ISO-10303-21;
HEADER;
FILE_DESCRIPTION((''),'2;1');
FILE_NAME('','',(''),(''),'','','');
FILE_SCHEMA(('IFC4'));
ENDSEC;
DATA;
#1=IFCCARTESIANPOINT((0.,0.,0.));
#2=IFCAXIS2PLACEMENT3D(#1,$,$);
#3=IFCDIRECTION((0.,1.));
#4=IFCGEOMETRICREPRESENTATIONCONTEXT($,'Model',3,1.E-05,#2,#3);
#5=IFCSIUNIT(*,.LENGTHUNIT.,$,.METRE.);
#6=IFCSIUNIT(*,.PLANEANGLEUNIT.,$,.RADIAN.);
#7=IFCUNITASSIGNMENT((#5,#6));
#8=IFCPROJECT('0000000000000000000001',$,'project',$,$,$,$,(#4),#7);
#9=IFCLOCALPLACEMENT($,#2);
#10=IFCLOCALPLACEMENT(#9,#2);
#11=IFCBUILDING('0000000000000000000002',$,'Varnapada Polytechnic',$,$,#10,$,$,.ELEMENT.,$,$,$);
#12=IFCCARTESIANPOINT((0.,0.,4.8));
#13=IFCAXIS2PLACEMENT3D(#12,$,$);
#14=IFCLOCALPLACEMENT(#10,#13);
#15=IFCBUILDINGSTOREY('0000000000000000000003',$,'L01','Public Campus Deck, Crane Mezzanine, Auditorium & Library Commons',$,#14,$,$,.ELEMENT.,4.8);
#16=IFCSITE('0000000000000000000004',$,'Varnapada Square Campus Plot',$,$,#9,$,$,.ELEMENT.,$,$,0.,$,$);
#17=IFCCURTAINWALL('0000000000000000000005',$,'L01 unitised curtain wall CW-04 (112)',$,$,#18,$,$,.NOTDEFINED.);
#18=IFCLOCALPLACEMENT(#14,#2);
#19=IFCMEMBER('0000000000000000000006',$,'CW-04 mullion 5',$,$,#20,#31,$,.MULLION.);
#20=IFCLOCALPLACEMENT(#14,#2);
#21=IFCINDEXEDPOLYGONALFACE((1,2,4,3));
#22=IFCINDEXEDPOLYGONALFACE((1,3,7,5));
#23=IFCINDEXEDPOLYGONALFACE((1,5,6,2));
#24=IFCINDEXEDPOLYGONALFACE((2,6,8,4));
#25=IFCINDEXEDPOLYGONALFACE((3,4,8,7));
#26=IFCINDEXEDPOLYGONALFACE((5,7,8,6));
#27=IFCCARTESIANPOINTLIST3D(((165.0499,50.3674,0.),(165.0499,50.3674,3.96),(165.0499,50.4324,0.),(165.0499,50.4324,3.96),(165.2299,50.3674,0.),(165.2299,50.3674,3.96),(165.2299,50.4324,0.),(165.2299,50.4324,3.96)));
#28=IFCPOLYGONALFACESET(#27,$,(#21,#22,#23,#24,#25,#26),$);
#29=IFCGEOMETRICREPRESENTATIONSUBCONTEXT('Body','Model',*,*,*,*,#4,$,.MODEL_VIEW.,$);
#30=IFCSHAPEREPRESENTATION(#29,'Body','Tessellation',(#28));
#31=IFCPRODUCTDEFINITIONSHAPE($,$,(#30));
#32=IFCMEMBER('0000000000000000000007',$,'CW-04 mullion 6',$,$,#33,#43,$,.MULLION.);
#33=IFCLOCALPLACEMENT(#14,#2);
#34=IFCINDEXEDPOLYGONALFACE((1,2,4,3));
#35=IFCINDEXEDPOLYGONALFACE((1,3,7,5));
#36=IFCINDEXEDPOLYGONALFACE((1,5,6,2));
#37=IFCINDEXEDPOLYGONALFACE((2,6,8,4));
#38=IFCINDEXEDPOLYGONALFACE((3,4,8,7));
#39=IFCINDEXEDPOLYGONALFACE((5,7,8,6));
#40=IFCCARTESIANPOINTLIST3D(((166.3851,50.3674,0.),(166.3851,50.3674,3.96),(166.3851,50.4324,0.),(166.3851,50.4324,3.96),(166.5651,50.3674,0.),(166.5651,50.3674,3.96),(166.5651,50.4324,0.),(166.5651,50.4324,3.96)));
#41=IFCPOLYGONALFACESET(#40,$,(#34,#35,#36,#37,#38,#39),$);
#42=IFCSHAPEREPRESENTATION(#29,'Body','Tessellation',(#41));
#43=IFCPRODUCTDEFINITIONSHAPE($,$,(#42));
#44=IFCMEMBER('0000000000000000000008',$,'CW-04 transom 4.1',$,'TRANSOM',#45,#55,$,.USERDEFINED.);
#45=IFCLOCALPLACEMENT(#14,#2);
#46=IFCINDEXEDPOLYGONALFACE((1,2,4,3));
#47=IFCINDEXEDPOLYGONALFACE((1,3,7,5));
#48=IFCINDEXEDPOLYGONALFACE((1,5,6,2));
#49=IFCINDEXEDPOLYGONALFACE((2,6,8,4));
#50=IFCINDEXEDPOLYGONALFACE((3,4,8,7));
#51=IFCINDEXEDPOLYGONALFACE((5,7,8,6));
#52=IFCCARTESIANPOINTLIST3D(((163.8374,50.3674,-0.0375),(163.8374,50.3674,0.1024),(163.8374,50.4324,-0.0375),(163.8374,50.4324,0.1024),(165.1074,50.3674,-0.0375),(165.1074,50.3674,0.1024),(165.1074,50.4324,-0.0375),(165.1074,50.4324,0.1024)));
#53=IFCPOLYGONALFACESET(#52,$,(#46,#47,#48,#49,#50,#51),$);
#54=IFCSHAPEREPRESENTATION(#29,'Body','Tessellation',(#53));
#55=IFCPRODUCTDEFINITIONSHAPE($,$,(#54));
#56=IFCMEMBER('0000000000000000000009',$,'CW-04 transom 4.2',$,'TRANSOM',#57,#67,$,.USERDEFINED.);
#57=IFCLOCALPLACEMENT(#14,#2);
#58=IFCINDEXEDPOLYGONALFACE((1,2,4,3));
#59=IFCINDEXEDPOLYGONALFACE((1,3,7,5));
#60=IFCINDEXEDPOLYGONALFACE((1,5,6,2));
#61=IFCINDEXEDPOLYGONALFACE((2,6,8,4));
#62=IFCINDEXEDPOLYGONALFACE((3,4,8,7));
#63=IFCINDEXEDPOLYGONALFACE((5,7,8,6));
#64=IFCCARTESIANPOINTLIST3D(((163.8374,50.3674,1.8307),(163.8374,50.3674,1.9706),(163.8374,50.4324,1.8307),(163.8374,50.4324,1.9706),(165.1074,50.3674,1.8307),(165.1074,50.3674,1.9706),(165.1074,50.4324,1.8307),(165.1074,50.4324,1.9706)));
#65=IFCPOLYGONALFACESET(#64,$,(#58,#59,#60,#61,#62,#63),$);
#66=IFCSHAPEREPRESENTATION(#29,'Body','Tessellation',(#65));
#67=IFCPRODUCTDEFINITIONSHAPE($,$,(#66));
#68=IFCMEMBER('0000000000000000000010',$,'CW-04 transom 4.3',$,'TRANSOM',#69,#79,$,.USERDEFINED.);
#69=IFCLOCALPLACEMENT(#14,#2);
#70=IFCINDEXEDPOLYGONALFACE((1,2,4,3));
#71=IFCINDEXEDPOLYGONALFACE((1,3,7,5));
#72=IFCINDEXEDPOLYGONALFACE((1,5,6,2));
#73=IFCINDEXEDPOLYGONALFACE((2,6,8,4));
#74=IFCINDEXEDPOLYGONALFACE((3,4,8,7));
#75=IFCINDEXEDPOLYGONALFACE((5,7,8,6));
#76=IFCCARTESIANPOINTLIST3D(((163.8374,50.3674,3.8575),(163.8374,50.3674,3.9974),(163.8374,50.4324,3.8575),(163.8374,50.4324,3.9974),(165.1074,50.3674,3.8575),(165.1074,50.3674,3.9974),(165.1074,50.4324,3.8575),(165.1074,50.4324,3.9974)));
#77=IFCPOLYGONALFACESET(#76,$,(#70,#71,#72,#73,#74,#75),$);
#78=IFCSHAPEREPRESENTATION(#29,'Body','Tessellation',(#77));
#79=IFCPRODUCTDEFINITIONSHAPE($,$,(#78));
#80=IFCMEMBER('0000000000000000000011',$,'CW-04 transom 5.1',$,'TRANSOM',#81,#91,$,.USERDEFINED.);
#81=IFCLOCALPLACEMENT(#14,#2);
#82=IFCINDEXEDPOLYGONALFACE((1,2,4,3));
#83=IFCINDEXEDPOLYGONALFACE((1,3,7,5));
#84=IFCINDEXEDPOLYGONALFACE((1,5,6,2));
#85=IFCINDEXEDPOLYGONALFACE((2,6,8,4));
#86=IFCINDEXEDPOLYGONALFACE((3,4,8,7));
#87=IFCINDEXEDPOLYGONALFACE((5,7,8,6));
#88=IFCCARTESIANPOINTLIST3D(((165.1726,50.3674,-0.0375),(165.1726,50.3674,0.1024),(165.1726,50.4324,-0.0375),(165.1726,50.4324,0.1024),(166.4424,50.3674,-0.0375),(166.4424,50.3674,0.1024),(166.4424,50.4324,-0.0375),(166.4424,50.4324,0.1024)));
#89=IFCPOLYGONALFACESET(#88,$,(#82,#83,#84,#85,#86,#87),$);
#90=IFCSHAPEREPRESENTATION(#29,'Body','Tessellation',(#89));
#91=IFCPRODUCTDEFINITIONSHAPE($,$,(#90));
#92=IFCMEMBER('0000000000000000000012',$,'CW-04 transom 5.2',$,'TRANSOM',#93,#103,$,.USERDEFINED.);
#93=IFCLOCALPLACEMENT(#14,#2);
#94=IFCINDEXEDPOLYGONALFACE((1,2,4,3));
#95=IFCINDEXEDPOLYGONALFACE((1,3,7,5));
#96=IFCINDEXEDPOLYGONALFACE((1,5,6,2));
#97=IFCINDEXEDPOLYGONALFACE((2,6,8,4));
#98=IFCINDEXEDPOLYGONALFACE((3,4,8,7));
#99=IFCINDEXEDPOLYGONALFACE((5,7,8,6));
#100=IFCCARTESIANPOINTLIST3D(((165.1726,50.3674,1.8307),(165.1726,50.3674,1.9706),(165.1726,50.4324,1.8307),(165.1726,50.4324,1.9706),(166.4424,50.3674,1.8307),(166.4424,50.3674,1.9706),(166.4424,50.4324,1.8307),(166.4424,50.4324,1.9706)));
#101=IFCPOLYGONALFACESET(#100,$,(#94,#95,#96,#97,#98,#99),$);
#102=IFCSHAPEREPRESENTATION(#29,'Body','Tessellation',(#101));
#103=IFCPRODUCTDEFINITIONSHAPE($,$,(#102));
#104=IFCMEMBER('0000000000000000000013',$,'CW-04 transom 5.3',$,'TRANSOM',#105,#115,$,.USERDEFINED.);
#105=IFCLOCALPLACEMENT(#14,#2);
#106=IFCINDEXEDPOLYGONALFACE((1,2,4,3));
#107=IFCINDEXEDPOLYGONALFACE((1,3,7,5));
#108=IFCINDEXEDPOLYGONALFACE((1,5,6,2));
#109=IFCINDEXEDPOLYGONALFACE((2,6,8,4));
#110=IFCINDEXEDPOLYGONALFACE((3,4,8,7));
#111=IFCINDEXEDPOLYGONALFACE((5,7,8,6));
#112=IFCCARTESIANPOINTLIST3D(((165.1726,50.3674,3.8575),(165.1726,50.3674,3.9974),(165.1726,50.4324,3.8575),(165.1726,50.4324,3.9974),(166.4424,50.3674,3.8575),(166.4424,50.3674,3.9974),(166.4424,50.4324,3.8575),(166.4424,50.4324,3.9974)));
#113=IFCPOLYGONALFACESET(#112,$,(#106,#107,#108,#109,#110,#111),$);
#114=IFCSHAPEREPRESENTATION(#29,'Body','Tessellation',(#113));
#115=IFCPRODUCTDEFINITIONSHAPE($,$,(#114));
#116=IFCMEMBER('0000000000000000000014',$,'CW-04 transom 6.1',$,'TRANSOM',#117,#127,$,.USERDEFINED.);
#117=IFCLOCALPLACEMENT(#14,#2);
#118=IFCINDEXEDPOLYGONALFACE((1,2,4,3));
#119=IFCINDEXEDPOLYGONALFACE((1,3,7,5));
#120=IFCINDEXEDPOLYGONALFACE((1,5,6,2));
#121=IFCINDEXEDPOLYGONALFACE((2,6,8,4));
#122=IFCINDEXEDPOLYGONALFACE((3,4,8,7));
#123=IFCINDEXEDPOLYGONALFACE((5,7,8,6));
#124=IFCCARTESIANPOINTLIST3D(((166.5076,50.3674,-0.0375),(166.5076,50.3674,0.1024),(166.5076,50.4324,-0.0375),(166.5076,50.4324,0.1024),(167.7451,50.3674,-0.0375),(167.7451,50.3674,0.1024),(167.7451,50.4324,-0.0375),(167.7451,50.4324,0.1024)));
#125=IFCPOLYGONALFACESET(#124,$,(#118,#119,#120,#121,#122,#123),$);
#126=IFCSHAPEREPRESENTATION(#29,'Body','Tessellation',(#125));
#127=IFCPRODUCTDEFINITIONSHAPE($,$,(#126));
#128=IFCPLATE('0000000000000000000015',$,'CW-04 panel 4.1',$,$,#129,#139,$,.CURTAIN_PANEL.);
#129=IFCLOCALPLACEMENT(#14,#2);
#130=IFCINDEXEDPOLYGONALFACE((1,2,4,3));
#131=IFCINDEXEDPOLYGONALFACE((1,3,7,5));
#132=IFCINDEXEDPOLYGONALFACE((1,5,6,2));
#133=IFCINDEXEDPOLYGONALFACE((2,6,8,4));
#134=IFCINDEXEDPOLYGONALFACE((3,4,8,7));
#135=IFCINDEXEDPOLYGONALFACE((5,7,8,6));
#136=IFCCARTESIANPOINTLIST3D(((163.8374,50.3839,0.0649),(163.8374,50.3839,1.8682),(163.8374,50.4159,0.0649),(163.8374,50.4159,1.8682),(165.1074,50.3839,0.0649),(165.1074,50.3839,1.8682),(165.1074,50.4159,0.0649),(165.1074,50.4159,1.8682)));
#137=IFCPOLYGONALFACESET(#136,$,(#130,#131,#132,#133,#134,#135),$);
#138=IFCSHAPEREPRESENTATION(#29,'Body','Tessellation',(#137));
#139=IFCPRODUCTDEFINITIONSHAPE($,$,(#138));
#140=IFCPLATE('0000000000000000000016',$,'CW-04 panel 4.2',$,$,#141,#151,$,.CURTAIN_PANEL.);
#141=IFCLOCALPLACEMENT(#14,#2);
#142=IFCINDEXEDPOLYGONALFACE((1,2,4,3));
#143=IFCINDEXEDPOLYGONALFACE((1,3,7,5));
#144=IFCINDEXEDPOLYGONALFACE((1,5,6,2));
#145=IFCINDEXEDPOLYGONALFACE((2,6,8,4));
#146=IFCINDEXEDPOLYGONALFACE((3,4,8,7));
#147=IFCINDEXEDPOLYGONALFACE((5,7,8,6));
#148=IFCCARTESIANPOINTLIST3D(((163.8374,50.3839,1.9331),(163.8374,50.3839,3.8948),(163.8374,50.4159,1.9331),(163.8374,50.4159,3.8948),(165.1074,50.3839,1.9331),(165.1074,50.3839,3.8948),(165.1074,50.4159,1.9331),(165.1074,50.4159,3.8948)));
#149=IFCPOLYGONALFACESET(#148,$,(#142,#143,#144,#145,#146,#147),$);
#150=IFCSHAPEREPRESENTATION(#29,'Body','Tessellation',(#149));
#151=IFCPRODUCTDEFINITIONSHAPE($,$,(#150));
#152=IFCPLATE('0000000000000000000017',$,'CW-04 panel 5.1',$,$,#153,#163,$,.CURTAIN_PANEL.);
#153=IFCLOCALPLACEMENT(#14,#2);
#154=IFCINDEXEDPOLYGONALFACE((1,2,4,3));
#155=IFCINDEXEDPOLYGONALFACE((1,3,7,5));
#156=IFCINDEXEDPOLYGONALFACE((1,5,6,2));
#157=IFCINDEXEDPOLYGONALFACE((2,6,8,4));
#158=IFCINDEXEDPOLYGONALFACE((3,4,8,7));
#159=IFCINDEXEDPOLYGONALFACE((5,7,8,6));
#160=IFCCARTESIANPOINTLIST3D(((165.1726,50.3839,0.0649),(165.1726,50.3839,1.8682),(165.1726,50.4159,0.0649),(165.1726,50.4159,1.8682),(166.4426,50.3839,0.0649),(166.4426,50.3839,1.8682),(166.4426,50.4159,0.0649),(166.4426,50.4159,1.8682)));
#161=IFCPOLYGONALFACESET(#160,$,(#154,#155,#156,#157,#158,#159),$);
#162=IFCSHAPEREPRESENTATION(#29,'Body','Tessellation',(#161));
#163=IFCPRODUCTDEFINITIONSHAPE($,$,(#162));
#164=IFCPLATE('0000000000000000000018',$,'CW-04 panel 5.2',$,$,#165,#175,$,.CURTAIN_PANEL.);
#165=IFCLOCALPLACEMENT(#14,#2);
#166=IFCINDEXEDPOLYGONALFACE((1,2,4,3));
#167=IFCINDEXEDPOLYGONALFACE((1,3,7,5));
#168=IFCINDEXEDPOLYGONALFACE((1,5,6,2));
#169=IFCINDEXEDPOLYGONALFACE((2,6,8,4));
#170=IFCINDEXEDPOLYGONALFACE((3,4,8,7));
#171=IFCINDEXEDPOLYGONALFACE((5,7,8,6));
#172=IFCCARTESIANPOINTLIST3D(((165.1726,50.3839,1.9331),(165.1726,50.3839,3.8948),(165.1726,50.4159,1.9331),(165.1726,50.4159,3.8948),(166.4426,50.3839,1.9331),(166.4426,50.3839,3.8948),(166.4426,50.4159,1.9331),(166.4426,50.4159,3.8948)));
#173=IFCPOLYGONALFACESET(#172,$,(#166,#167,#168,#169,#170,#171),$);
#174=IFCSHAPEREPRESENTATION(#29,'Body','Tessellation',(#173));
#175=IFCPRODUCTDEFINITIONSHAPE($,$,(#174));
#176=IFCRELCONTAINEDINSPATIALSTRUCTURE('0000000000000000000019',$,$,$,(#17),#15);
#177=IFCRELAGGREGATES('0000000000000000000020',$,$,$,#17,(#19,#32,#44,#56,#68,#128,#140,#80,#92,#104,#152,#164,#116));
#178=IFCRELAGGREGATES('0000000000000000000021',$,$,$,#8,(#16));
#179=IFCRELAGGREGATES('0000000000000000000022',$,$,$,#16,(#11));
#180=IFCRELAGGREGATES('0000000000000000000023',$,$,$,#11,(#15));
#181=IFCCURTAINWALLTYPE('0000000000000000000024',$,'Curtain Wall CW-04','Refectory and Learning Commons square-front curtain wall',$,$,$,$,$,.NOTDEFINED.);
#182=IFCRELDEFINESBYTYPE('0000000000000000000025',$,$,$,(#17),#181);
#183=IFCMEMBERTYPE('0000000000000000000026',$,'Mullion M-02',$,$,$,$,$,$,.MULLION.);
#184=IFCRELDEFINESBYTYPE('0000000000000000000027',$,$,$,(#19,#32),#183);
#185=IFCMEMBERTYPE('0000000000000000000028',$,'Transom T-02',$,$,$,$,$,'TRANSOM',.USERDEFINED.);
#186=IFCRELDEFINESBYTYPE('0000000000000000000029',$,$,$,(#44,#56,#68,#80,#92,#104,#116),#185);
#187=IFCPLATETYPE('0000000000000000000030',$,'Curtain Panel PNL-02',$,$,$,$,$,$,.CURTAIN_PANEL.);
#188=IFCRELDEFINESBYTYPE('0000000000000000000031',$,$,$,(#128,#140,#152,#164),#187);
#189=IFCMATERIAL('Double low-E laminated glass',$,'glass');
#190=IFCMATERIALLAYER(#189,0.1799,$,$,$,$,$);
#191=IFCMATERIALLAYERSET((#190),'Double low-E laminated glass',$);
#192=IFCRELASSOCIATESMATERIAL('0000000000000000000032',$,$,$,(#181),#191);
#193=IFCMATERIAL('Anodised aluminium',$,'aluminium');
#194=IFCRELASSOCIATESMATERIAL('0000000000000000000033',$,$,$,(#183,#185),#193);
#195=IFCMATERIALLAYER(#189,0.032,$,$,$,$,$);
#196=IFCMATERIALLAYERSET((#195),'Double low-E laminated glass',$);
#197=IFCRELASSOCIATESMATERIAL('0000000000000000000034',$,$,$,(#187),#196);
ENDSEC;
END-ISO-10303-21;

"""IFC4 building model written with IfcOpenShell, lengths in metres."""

from ifc_helpers import new_model, si_unit, direction, frame, origin, origin_2d, place, context, subcontext, project, spatial, rectangle, extrude, material, layer, layer_set, material_profile, profile_set, type_object, element, aggregate, save


model = new_model("IFC4")

# Units and contexts
model_context = context("Model", 3, precision=1e-05, world=origin(), true_north=direction((0.0, 1.0)))
body_context = subcontext(model_context, "Body", "Model", "MODEL_VIEW")
ifc_project = project(units=[si_unit("LENGTHUNIT", "METRE"), si_unit("PLANEANGLEUNIT", "RADIAN")], contexts=[model_context])

# Site, building, storey
site_placement = place(None, origin())
site = spatial("IfcSite", under=ifc_project, at=site_placement, Name="Varnapada Square Campus Plot", CompositionType="ELEMENT", RefElevation=0.0)
building_placement = place(site_placement, origin())
building = spatial("IfcBuilding", under=site, at=building_placement, Name="Varnapada Polytechnic", CompositionType="ELEMENT")
storey_placement = place(building_placement, frame((0.0, 0.0, 4.8)))
storey = spatial("IfcBuildingStorey", under=building, at=storey_placement, Name="L01", Description="Public Campus Deck, Crane Mezzanine, Auditorium & Library Commons", CompositionType="ELEMENT", Elevation=4.8)

# Curtain wall, members, plates
ifc_material_1 = material(Name="Double low-E laminated glass", Category="glass")
ifc_layer_1 = layer(ifc_material_1, 0.1799)
ifc_layer_set_1 = layer_set([ifc_layer_1], Name="Double low-E laminated glass")
curtain_wall_type = type_object("IfcCurtainWallType", Name="Curtain Wall CW-04", Description="Refectory and Learning Commons square-front curtain wall", PredefinedType="NOTDEFINED", material=ifc_layer_set_1)
curtain_wall_placement = place(storey_placement, origin())
curtain_wall = element("IfcCurtainWall", 1, at=curtain_wall_placement, inside=storey, type_object=curtain_wall_type, Name="L01 unitised curtain wall CW-04 (112)", PredefinedType="NOTDEFINED")
ifc_material_2 = material(Name="Anodised aluminium", Category="aluminium")
ifc_material_profile_1 = material_profile(ifc_material_2, rectangle(XDim=0.0649, YDim=0.1799, at=origin_2d()), Name="ALU M65x180")
ifc_profile_set_1 = profile_set([ifc_material_profile_1], Name="Anodised aluminium")
member_type_1 = type_object("IfcMemberType", Name="Mullion M-02", PredefinedType="MULLION", material=ifc_profile_set_1)
member_1_placement = place(storey_placement, frame((165.1399, 50.3999, 0.0), z_axis=(0.0, 0.0, 1.0), x_axis=(0.0, 1.0, 0.0)))
member_1 = element("IfcMember", 2, at=member_1_placement, type_object=member_type_1, Name="CW-04 mullion 5", PredefinedType="MULLION", context=body_context, shape_type="SweptSolid", body=[
    extrude(rectangle(XDim=0.0649, YDim=0.1799, at=origin_2d()), origin(), (0.0, 0.0, 1.0), 3.96),
])
member_2_placement = place(storey_placement, frame((166.4751, 50.3999, 0.0), z_axis=(0.0, 0.0, 1.0), x_axis=(0.0, 1.0, 0.0)))
member_2 = element("IfcMember", 3, at=member_2_placement, type_object=member_type_1, Name="CW-04 mullion 6", PredefinedType="MULLION", context=body_context, shape_type="SweptSolid", body=[
    extrude(rectangle(XDim=0.0649, YDim=0.1799, at=origin_2d()), origin(), (0.0, 0.0, 1.0), 3.96),
])
ifc_material_profile_2 = material_profile(ifc_material_2, rectangle(XDim=0.0649, YDim=0.1399, at=origin_2d()), Name="ALU T65x140")
ifc_profile_set_2 = profile_set([ifc_material_profile_2], Name="Anodised aluminium")
member_type_2 = type_object("IfcMemberType", Name="Transom T-02", ElementType="TRANSOM", PredefinedType="USERDEFINED", material=ifc_profile_set_2)
member_3_placement = place(storey_placement, frame((163.8374, 50.3999, 0.0325), z_axis=(1.0, 0.0, 0.0), x_axis=(0.0, 1.0, 0.0)))
member_3 = element("IfcMember", 4, at=member_3_placement, type_object=member_type_2, Name="CW-04 transom 4.1", ObjectType="TRANSOM", PredefinedType="USERDEFINED", context=body_context, shape_type="SweptSolid", body=[
    extrude(rectangle(XDim=0.0649, YDim=0.1399, at=origin_2d()), origin(), (0.0, 0.0, 1.0), 1.27),
])
member_4_placement = place(storey_placement, frame((163.8374, 50.3999, 1.9006), z_axis=(1.0, 0.0, 0.0), x_axis=(0.0, 1.0, 0.0)))
member_4 = element("IfcMember", 5, at=member_4_placement, type_object=member_type_2, Name="CW-04 transom 4.2", ObjectType="TRANSOM", PredefinedType="USERDEFINED", context=body_context, shape_type="SweptSolid", body=[
    extrude(rectangle(XDim=0.0649, YDim=0.1399, at=origin_2d()), origin(), (0.0, 0.0, 1.0), 1.27),
])
member_5_placement = place(storey_placement, frame((163.8374, 50.3999, 3.9275), z_axis=(1.0, 0.0, 0.0), x_axis=(0.0, 1.0, 0.0)))
member_5 = element("IfcMember", 6, at=member_5_placement, type_object=member_type_2, Name="CW-04 transom 4.3", ObjectType="TRANSOM", PredefinedType="USERDEFINED", context=body_context, shape_type="SweptSolid", body=[
    extrude(rectangle(XDim=0.0649, YDim=0.1399, at=origin_2d()), origin(), (0.0, 0.0, 1.0), 1.27),
])
member_6_placement = place(storey_placement, frame((165.1726, 50.3999, 0.0325), z_axis=(1.0, 0.0, 0.0), x_axis=(0.0, 1.0, 0.0)))
member_6 = element("IfcMember", 7, at=member_6_placement, type_object=member_type_2, Name="CW-04 transom 5.1", ObjectType="TRANSOM", PredefinedType="USERDEFINED", context=body_context, shape_type="SweptSolid", body=[
    extrude(rectangle(XDim=0.0649, YDim=0.1399, at=origin_2d()), origin(), (0.0, 0.0, 1.0), 1.2698),
])
member_7_placement = place(storey_placement, frame((165.1726, 50.3999, 1.9006), z_axis=(1.0, 0.0, 0.0), x_axis=(0.0, 1.0, 0.0)))
member_7 = element("IfcMember", 8, at=member_7_placement, type_object=member_type_2, Name="CW-04 transom 5.2", ObjectType="TRANSOM", PredefinedType="USERDEFINED", context=body_context, shape_type="SweptSolid", body=[
    extrude(rectangle(XDim=0.0649, YDim=0.1399, at=origin_2d()), origin(), (0.0, 0.0, 1.0), 1.2698),
])
member_8_placement = place(storey_placement, frame((165.1726, 50.3999, 3.9275), z_axis=(1.0, 0.0, 0.0), x_axis=(0.0, 1.0, 0.0)))
member_8 = element("IfcMember", 9, at=member_8_placement, type_object=member_type_2, Name="CW-04 transom 5.3", ObjectType="TRANSOM", PredefinedType="USERDEFINED", context=body_context, shape_type="SweptSolid", body=[
    extrude(rectangle(XDim=0.0649, YDim=0.1399, at=origin_2d()), origin(), (0.0, 0.0, 1.0), 1.2698),
])
member_9_placement = place(storey_placement, frame((166.5076, 50.3999, 0.0325), z_axis=(1.0, 0.0, 0.0), x_axis=(0.0, 1.0, 0.0)))
member_9 = element("IfcMember", 10, at=member_9_placement, type_object=member_type_2, Name="CW-04 transom 6.1", ObjectType="TRANSOM", PredefinedType="USERDEFINED", context=body_context, shape_type="SweptSolid", body=[
    extrude(rectangle(XDim=0.0649, YDim=0.1399, at=origin_2d()), origin(), (0.0, 0.0, 1.0), 1.2375),
])
ifc_layer_2 = layer(ifc_material_1, 0.032)
ifc_layer_set_2 = layer_set([ifc_layer_2], Name="Double low-E laminated glass")
plate_type = type_object("IfcPlateType", Name="Curtain Panel PNL-02", PredefinedType="CURTAIN_PANEL", material=ifc_layer_set_2)
plate_1_placement = place(storey_placement, frame((164.4724, 50.3999, 0.0649), z_axis=(0.0, 0.0, 1.0), x_axis=(1.0, 0.0, 0.0)))
plate_1 = element("IfcPlate", 11, at=plate_1_placement, type_object=plate_type, Name="CW-04 panel 4.1", PredefinedType="CURTAIN_PANEL", context=body_context, shape_type="SweptSolid", body=[
    extrude(rectangle(XDim=1.27, YDim=0.032, at=origin_2d()), origin(), (0.0, 0.0, 1.0), 1.8032),
])
plate_2_placement = place(storey_placement, frame((164.4724, 50.3999, 1.9331), z_axis=(0.0, 0.0, 1.0), x_axis=(1.0, 0.0, 0.0)))
plate_2 = element("IfcPlate", 12, at=plate_2_placement, type_object=plate_type, Name="CW-04 panel 4.2", PredefinedType="CURTAIN_PANEL", context=body_context, shape_type="SweptSolid", body=[
    extrude(rectangle(XDim=1.27, YDim=0.032, at=origin_2d()), origin(), (0.0, 0.0, 1.0), 1.9617),
])
plate_3_placement = place(storey_placement, frame((165.8076, 50.3999, 0.0649), z_axis=(0.0, 0.0, 1.0), x_axis=(1.0, 0.0, 0.0)))
plate_3 = element("IfcPlate", 13, at=plate_3_placement, type_object=plate_type, Name="CW-04 panel 5.1", PredefinedType="CURTAIN_PANEL", context=body_context, shape_type="SweptSolid", body=[
    extrude(rectangle(XDim=1.27, YDim=0.032, at=origin_2d()), origin(), (0.0, 0.0, 1.0), 1.8032),
])
plate_4_placement = place(storey_placement, frame((165.8076, 50.3999, 1.9331), z_axis=(0.0, 0.0, 1.0), x_axis=(1.0, 0.0, 0.0)))
plate_4 = element("IfcPlate", 14, at=plate_4_placement, type_object=plate_type, Name="CW-04 panel 5.2", PredefinedType="CURTAIN_PANEL", context=body_context, shape_type="SweptSolid", body=[
    extrude(rectangle(XDim=1.27, YDim=0.032, at=origin_2d()), origin(), (0.0, 0.0, 1.0), 1.9617),
])
aggregate(curtain_wall, [member_1, member_2, member_3, member_4, member_5, plate_1, plate_2, member_6, member_7, member_8, plate_3, plate_4, member_9])

save(model, "model.ifc")
